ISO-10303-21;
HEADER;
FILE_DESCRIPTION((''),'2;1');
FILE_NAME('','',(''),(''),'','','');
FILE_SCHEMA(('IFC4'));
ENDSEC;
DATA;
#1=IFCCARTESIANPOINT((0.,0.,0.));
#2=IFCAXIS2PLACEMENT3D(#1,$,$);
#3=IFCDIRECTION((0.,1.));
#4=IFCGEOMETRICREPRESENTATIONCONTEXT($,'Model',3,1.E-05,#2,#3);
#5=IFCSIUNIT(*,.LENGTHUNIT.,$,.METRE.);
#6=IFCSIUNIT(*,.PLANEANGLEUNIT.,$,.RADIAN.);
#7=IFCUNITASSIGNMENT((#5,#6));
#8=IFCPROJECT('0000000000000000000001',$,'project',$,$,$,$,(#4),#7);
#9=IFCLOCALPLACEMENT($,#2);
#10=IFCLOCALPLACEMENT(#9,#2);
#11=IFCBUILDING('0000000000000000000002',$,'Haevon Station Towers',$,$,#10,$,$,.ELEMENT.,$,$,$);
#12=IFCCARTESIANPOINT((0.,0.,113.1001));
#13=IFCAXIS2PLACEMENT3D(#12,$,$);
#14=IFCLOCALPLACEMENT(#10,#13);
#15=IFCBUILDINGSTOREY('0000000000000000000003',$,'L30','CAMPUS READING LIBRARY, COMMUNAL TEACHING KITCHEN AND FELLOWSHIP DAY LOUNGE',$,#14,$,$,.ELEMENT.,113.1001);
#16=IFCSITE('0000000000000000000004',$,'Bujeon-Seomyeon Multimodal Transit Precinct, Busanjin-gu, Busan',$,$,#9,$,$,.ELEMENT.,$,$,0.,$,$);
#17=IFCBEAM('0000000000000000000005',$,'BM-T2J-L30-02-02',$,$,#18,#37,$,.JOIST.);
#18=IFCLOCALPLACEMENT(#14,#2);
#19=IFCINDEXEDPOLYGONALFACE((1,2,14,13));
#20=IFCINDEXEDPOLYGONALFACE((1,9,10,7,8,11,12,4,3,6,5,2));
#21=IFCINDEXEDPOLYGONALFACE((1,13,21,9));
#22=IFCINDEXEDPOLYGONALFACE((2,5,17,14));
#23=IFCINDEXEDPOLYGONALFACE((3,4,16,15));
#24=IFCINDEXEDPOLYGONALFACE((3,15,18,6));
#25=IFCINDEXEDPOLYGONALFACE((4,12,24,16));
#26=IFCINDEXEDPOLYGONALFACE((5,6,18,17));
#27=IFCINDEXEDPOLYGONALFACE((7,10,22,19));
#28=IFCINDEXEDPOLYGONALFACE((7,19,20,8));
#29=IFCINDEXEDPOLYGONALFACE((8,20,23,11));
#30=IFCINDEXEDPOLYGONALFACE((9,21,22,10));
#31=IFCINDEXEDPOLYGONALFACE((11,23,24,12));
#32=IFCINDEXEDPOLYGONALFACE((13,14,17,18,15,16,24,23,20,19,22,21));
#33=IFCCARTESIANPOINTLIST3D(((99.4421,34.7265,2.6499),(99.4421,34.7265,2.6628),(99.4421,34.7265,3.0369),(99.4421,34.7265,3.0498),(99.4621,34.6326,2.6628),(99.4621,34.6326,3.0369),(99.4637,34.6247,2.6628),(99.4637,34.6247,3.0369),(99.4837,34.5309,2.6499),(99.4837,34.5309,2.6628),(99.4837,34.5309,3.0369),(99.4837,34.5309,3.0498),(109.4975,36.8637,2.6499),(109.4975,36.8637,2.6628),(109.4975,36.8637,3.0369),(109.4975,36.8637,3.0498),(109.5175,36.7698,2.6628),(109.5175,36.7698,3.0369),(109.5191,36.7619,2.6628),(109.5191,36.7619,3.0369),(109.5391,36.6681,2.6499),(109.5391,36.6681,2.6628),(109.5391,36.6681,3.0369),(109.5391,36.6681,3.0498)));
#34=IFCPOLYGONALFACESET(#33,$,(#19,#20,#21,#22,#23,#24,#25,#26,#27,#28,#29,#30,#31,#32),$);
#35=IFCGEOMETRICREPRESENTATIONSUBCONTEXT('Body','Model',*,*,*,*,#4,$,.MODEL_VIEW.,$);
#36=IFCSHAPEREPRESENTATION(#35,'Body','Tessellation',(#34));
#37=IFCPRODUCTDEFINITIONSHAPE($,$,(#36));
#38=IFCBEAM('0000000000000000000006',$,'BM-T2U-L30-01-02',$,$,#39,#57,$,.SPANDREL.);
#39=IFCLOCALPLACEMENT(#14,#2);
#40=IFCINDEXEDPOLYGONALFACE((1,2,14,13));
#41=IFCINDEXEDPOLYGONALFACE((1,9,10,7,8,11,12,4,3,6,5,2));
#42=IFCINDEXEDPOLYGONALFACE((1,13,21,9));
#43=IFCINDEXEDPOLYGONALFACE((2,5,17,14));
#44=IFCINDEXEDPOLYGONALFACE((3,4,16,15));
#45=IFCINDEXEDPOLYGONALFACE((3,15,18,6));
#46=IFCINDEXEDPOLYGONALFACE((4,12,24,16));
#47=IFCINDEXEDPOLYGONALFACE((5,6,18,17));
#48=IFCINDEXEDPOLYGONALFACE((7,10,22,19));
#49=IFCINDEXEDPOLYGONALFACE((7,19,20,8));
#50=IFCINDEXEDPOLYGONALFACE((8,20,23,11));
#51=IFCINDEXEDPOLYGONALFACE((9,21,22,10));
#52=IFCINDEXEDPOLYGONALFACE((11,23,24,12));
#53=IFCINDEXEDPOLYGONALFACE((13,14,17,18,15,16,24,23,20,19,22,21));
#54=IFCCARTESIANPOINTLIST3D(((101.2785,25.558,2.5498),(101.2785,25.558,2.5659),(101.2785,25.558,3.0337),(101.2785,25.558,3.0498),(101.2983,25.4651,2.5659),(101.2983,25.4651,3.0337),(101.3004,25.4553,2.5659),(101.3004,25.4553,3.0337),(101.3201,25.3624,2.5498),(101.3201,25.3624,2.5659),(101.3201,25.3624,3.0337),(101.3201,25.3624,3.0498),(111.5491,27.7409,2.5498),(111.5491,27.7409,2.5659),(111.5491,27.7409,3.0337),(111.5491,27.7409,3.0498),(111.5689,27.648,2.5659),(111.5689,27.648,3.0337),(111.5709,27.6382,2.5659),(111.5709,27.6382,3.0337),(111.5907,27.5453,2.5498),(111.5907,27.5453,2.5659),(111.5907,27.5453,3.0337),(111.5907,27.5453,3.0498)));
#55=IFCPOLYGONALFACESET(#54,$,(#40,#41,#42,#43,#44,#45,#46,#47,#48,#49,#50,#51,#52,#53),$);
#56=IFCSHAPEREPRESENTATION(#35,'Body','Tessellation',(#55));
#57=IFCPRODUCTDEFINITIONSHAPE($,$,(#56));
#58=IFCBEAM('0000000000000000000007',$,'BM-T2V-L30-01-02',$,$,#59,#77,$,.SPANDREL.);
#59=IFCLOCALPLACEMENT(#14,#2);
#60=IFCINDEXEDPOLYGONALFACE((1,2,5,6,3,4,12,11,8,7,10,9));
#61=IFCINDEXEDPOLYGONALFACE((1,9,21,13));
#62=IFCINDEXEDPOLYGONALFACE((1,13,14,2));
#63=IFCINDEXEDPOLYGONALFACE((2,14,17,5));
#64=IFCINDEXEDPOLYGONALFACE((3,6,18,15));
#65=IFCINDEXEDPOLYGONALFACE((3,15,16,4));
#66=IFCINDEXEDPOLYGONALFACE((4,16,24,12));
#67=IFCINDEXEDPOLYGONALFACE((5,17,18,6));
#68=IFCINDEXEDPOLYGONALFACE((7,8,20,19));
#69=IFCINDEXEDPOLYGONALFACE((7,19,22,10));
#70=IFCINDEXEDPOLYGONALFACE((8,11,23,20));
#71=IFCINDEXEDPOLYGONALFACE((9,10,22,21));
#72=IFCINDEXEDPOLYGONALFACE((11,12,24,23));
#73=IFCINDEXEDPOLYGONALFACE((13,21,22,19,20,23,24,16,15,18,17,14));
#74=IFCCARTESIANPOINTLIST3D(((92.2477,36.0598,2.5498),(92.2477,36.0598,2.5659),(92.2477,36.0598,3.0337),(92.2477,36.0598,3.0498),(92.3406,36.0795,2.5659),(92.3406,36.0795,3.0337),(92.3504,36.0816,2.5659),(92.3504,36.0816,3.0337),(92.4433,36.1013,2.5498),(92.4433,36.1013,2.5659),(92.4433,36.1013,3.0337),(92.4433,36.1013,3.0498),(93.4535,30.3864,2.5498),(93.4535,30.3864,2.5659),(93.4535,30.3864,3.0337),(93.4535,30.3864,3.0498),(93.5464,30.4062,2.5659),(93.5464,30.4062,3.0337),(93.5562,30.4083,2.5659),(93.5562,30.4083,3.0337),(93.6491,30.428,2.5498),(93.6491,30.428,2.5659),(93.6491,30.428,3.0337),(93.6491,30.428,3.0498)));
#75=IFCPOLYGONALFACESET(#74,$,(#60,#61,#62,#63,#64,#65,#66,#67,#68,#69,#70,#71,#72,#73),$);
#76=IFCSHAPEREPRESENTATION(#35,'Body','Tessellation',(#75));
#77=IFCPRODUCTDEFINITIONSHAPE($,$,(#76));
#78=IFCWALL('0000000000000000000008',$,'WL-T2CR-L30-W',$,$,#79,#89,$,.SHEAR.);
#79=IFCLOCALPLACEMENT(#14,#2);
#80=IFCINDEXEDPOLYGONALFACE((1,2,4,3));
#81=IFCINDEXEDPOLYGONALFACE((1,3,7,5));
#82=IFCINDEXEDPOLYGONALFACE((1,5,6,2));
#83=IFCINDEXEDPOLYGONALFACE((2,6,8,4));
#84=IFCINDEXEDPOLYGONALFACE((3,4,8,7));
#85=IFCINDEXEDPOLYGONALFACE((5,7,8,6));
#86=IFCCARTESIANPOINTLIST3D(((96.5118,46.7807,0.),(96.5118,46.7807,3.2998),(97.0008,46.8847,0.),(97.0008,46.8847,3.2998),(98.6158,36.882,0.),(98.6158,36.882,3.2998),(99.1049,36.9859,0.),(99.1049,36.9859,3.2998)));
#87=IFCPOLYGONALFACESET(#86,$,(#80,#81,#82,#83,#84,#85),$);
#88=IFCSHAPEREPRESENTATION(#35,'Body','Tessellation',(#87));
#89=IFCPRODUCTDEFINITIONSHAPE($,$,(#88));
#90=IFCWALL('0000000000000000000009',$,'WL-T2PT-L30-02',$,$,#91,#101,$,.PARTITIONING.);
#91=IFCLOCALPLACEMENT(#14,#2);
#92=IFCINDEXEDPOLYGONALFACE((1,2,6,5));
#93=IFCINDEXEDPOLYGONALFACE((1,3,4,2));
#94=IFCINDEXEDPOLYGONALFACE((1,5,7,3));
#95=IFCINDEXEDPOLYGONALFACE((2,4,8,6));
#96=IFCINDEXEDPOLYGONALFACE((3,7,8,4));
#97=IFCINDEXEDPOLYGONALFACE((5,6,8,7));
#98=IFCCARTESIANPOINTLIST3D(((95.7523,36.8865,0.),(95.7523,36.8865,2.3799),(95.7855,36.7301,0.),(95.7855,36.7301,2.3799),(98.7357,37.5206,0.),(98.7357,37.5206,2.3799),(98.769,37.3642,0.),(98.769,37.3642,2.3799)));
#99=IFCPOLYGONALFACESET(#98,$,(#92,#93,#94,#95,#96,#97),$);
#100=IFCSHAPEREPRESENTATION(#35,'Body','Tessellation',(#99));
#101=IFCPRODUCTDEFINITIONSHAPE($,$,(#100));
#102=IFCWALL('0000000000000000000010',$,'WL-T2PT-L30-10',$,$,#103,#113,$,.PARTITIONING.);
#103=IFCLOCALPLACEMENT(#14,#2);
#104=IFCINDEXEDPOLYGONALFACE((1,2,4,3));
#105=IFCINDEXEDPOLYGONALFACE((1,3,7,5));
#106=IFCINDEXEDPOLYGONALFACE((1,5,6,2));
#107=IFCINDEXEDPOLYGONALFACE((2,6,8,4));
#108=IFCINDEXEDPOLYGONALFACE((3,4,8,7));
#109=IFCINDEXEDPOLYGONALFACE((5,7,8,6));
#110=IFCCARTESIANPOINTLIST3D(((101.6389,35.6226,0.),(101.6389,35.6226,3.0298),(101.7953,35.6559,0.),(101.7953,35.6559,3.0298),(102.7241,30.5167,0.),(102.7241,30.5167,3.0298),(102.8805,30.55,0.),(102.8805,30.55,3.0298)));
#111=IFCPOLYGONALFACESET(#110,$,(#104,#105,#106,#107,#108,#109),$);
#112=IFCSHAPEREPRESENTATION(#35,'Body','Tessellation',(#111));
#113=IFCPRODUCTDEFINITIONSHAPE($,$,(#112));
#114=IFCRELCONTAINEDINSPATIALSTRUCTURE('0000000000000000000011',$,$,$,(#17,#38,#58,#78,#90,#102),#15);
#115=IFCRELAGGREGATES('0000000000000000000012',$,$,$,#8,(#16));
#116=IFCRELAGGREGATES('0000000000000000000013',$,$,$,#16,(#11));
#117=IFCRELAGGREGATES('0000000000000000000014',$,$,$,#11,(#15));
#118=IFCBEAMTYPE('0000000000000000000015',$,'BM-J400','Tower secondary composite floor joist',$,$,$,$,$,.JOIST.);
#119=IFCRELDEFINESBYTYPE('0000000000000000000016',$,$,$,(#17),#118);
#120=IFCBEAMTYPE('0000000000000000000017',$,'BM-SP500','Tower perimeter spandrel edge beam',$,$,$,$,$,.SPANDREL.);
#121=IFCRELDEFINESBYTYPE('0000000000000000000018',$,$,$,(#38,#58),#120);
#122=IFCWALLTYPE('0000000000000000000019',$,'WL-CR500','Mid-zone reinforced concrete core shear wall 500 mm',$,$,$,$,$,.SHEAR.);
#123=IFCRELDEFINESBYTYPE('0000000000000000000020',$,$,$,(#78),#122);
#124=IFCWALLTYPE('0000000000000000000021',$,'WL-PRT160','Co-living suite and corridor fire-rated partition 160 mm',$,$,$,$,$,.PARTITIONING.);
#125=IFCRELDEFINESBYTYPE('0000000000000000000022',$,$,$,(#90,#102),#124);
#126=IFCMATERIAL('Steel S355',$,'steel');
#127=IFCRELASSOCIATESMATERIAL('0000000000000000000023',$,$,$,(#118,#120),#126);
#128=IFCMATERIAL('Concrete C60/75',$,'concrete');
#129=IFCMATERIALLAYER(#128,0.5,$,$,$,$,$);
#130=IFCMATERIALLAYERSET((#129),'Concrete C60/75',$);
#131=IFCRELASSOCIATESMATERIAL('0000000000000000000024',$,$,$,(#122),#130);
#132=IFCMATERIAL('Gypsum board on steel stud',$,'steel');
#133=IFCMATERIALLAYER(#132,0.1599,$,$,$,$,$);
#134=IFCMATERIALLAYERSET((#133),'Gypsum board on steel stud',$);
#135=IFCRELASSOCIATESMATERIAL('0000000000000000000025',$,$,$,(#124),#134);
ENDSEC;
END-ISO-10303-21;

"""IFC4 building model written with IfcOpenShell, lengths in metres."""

from ifc_helpers import new_model, si_unit, direction, frame, frame_2d, origin, origin_2d, place, context, subcontext, project, spatial, rectangle, i_section, extrude, material, layer, layer_set, material_profile, profile_set, type_object, element, save


model = new_model("IFC4")

# Units and contexts
model_context = context("Model", 3, precision=1e-05, world=origin(), true_north=direction((0.0, 1.0)))
body_context = subcontext(model_context, "Body", "Model", "MODEL_VIEW")
ifc_project = project(units=[si_unit("LENGTHUNIT", "METRE"), si_unit("PLANEANGLEUNIT", "RADIAN")], contexts=[model_context])

# Site, building, storey
site_placement = place(None, origin())
site = spatial("IfcSite", under=ifc_project, at=site_placement, Name="Bujeon-Seomyeon Multimodal Transit Precinct, Busanjin-gu, Busan", CompositionType="ELEMENT", RefElevation=0.0)
building_placement = place(site_placement, origin())
building = spatial("IfcBuilding", under=site, at=building_placement, Name="Haevon Station Towers", CompositionType="ELEMENT")
storey_placement = place(building_placement, frame((0.0, 0.0, 113.1001)))
storey = spatial("IfcBuildingStorey", under=building, at=storey_placement, Name="L30", Description="CAMPUS READING LIBRARY, COMMUNAL TEACHING KITCHEN AND FELLOWSHIP DAY LOUNGE", CompositionType="ELEMENT", Elevation=113.1001)

# Beams
ifc_material_1 = material(Name="Steel S355", Category="steel")
ifc_material_profile_1 = material_profile(ifc_material_1, i_section(OverallWidth=0.2, OverallDepth=0.3999, WebThickness=0.0081, FlangeThickness=0.0129, at=origin_2d()), Name="H-400x200x8x13")
ifc_profile_set_1 = profile_set([ifc_material_profile_1], Name="Steel S355")
beam_type_1 = type_object("IfcBeamType", Name="BM-J400", Description="Tower secondary composite floor joist", PredefinedType="JOIST", material=ifc_profile_set_1)
beam_1_placement = place(storey_placement, frame((99.4629, 34.6287, 2.8499), z_axis=(0.97815, 0.207899, 0.0), x_axis=(-0.207899, 0.97815, 0.0)))
element("IfcBeam", 1, at=beam_1_placement, inside=storey, type_object=beam_type_1, Name="BM-T2J-L30-02-02", PredefinedType="JOIST", context=body_context, shape_type="SweptSolid", body=[
    extrude(i_section(OverallWidth=0.2, OverallDepth=0.3999, WebThickness=0.0081, FlangeThickness=0.0129, at=origin_2d()), origin(), (0.0, 0.0, 1.0), 10.28),
])
ifc_material_profile_2 = material_profile(ifc_material_1, i_section(OverallWidth=0.2, OverallDepth=0.5, WebThickness=0.01, FlangeThickness=0.0161, at=origin_2d()), Name="H-500x200x10x16")
ifc_profile_set_2 = profile_set([ifc_material_profile_2], Name="Steel S355")
beam_type_2 = type_object("IfcBeamType", Name="BM-SP500", Description="Tower perimeter spandrel edge beam", PredefinedType="SPANDREL", material=ifc_profile_set_2)
beam_2_placement = place(storey_placement, frame((101.2993, 25.4602, 2.7998), z_axis=(0.978152, 0.207893, 0.0), x_axis=(-0.207893, 0.978152, 0.0)))
element("IfcBeam", 2, at=beam_2_placement, inside=storey, type_object=beam_type_2, Name="BM-T2U-L30-01-02", PredefinedType="SPANDREL", context=body_context, shape_type="SweptSolid", body=[
    extrude(i_section(OverallWidth=0.2, OverallDepth=0.5, WebThickness=0.01, FlangeThickness=0.0161, at=origin_2d()), origin(), (0.0, 0.0, 1.0), 10.5),
])
beam_3_placement = place(storey_placement, frame((93.5513, 30.4072, 2.7998), z_axis=(-0.207896, 0.978151, 0.0), x_axis=(-0.978151, -0.207896, 0.0)))
element("IfcBeam", 3, at=beam_3_placement, inside=storey, type_object=beam_type_2, Name="BM-T2V-L30-01-02", PredefinedType="SPANDREL", context=body_context, shape_type="SweptSolid", body=[
    extrude(i_section(OverallWidth=0.2, OverallDepth=0.5, WebThickness=0.01, FlangeThickness=0.0161, at=origin_2d()), origin(), (0.0, 0.0, 1.0), 5.8),
])

# Walls
ifc_material_2 = material(Name="Concrete C60/75", Category="concrete")
ifc_layer_1 = layer(ifc_material_2, 0.5)
ifc_layer_set_1 = layer_set([ifc_layer_1], Name="Concrete C60/75")
wall_type_1 = type_object("IfcWallType", Name="WL-CR500", Description="Mid-zone reinforced concrete core shear wall 500 mm", PredefinedType="SHEAR", material=ifc_layer_set_1)
wall_1_placement = place(storey_placement, frame((98.8604, 36.9338, 0.0), z_axis=(0.0, 0.0, 1.0), x_axis=(-0.207909, 0.978148, 0.0)))
element("IfcWall", 4, at=wall_1_placement, inside=storey, type_object=wall_type_1, Name="WL-T2CR-L30-W", PredefinedType="SHEAR", context=body_context, shape_type="SweptSolid", body=[
    extrude(rectangle(XDim=10.1199, YDim=0.5, at=frame_2d((5.0601, 0.0))), origin(), (0.0, 0.0, 1.0), 3.2998),
])
ifc_material_3 = material(Name="Gypsum board on steel stud", Category="steel")
ifc_layer_2 = layer(ifc_material_3, 0.1599)
ifc_layer_set_2 = layer_set([ifc_layer_2], Name="Gypsum board on steel stud")
wall_type_2 = type_object("IfcWallType", Name="WL-PRT160", Description="Co-living suite and corridor fire-rated partition 160 mm", PredefinedType="PARTITIONING", material=ifc_layer_set_2)
wall_2_placement = place(storey_placement, frame((95.769, 36.8083, 0.0), z_axis=(0.0, 0.0, 1.0), x_axis=(0.978155, 0.207878, 0.0)))
element("IfcWall", 5, at=wall_2_placement, inside=storey, type_object=wall_type_2, Name="WL-T2PT-L30-02", PredefinedType="PARTITIONING", context=body_context, shape_type="SweptSolid", body=[
    extrude(rectangle(XDim=3.05, YDim=0.1599, at=frame_2d((1.5249, 0.0))), origin(), (0.0, 0.0, 1.0), 2.3799),
])
wall_3_placement = place(storey_placement, frame((102.8022, 30.5334, 0.0), z_axis=(0.0, 0.0, 1.0), x_axis=(-0.207893, 0.978151, 0.0)))
element("IfcWall", 6, at=wall_3_placement, inside=storey, type_object=wall_type_2, Name="WL-T2PT-L30-10", PredefinedType="PARTITIONING", context=body_context, shape_type="SweptSolid", body=[
    extrude(rectangle(XDim=5.22, YDim=0.1599, at=frame_2d((2.6099, 0.0))), origin(), (0.0, 0.0, 1.0), 3.0298),
])

save(model, "model.ifc")
